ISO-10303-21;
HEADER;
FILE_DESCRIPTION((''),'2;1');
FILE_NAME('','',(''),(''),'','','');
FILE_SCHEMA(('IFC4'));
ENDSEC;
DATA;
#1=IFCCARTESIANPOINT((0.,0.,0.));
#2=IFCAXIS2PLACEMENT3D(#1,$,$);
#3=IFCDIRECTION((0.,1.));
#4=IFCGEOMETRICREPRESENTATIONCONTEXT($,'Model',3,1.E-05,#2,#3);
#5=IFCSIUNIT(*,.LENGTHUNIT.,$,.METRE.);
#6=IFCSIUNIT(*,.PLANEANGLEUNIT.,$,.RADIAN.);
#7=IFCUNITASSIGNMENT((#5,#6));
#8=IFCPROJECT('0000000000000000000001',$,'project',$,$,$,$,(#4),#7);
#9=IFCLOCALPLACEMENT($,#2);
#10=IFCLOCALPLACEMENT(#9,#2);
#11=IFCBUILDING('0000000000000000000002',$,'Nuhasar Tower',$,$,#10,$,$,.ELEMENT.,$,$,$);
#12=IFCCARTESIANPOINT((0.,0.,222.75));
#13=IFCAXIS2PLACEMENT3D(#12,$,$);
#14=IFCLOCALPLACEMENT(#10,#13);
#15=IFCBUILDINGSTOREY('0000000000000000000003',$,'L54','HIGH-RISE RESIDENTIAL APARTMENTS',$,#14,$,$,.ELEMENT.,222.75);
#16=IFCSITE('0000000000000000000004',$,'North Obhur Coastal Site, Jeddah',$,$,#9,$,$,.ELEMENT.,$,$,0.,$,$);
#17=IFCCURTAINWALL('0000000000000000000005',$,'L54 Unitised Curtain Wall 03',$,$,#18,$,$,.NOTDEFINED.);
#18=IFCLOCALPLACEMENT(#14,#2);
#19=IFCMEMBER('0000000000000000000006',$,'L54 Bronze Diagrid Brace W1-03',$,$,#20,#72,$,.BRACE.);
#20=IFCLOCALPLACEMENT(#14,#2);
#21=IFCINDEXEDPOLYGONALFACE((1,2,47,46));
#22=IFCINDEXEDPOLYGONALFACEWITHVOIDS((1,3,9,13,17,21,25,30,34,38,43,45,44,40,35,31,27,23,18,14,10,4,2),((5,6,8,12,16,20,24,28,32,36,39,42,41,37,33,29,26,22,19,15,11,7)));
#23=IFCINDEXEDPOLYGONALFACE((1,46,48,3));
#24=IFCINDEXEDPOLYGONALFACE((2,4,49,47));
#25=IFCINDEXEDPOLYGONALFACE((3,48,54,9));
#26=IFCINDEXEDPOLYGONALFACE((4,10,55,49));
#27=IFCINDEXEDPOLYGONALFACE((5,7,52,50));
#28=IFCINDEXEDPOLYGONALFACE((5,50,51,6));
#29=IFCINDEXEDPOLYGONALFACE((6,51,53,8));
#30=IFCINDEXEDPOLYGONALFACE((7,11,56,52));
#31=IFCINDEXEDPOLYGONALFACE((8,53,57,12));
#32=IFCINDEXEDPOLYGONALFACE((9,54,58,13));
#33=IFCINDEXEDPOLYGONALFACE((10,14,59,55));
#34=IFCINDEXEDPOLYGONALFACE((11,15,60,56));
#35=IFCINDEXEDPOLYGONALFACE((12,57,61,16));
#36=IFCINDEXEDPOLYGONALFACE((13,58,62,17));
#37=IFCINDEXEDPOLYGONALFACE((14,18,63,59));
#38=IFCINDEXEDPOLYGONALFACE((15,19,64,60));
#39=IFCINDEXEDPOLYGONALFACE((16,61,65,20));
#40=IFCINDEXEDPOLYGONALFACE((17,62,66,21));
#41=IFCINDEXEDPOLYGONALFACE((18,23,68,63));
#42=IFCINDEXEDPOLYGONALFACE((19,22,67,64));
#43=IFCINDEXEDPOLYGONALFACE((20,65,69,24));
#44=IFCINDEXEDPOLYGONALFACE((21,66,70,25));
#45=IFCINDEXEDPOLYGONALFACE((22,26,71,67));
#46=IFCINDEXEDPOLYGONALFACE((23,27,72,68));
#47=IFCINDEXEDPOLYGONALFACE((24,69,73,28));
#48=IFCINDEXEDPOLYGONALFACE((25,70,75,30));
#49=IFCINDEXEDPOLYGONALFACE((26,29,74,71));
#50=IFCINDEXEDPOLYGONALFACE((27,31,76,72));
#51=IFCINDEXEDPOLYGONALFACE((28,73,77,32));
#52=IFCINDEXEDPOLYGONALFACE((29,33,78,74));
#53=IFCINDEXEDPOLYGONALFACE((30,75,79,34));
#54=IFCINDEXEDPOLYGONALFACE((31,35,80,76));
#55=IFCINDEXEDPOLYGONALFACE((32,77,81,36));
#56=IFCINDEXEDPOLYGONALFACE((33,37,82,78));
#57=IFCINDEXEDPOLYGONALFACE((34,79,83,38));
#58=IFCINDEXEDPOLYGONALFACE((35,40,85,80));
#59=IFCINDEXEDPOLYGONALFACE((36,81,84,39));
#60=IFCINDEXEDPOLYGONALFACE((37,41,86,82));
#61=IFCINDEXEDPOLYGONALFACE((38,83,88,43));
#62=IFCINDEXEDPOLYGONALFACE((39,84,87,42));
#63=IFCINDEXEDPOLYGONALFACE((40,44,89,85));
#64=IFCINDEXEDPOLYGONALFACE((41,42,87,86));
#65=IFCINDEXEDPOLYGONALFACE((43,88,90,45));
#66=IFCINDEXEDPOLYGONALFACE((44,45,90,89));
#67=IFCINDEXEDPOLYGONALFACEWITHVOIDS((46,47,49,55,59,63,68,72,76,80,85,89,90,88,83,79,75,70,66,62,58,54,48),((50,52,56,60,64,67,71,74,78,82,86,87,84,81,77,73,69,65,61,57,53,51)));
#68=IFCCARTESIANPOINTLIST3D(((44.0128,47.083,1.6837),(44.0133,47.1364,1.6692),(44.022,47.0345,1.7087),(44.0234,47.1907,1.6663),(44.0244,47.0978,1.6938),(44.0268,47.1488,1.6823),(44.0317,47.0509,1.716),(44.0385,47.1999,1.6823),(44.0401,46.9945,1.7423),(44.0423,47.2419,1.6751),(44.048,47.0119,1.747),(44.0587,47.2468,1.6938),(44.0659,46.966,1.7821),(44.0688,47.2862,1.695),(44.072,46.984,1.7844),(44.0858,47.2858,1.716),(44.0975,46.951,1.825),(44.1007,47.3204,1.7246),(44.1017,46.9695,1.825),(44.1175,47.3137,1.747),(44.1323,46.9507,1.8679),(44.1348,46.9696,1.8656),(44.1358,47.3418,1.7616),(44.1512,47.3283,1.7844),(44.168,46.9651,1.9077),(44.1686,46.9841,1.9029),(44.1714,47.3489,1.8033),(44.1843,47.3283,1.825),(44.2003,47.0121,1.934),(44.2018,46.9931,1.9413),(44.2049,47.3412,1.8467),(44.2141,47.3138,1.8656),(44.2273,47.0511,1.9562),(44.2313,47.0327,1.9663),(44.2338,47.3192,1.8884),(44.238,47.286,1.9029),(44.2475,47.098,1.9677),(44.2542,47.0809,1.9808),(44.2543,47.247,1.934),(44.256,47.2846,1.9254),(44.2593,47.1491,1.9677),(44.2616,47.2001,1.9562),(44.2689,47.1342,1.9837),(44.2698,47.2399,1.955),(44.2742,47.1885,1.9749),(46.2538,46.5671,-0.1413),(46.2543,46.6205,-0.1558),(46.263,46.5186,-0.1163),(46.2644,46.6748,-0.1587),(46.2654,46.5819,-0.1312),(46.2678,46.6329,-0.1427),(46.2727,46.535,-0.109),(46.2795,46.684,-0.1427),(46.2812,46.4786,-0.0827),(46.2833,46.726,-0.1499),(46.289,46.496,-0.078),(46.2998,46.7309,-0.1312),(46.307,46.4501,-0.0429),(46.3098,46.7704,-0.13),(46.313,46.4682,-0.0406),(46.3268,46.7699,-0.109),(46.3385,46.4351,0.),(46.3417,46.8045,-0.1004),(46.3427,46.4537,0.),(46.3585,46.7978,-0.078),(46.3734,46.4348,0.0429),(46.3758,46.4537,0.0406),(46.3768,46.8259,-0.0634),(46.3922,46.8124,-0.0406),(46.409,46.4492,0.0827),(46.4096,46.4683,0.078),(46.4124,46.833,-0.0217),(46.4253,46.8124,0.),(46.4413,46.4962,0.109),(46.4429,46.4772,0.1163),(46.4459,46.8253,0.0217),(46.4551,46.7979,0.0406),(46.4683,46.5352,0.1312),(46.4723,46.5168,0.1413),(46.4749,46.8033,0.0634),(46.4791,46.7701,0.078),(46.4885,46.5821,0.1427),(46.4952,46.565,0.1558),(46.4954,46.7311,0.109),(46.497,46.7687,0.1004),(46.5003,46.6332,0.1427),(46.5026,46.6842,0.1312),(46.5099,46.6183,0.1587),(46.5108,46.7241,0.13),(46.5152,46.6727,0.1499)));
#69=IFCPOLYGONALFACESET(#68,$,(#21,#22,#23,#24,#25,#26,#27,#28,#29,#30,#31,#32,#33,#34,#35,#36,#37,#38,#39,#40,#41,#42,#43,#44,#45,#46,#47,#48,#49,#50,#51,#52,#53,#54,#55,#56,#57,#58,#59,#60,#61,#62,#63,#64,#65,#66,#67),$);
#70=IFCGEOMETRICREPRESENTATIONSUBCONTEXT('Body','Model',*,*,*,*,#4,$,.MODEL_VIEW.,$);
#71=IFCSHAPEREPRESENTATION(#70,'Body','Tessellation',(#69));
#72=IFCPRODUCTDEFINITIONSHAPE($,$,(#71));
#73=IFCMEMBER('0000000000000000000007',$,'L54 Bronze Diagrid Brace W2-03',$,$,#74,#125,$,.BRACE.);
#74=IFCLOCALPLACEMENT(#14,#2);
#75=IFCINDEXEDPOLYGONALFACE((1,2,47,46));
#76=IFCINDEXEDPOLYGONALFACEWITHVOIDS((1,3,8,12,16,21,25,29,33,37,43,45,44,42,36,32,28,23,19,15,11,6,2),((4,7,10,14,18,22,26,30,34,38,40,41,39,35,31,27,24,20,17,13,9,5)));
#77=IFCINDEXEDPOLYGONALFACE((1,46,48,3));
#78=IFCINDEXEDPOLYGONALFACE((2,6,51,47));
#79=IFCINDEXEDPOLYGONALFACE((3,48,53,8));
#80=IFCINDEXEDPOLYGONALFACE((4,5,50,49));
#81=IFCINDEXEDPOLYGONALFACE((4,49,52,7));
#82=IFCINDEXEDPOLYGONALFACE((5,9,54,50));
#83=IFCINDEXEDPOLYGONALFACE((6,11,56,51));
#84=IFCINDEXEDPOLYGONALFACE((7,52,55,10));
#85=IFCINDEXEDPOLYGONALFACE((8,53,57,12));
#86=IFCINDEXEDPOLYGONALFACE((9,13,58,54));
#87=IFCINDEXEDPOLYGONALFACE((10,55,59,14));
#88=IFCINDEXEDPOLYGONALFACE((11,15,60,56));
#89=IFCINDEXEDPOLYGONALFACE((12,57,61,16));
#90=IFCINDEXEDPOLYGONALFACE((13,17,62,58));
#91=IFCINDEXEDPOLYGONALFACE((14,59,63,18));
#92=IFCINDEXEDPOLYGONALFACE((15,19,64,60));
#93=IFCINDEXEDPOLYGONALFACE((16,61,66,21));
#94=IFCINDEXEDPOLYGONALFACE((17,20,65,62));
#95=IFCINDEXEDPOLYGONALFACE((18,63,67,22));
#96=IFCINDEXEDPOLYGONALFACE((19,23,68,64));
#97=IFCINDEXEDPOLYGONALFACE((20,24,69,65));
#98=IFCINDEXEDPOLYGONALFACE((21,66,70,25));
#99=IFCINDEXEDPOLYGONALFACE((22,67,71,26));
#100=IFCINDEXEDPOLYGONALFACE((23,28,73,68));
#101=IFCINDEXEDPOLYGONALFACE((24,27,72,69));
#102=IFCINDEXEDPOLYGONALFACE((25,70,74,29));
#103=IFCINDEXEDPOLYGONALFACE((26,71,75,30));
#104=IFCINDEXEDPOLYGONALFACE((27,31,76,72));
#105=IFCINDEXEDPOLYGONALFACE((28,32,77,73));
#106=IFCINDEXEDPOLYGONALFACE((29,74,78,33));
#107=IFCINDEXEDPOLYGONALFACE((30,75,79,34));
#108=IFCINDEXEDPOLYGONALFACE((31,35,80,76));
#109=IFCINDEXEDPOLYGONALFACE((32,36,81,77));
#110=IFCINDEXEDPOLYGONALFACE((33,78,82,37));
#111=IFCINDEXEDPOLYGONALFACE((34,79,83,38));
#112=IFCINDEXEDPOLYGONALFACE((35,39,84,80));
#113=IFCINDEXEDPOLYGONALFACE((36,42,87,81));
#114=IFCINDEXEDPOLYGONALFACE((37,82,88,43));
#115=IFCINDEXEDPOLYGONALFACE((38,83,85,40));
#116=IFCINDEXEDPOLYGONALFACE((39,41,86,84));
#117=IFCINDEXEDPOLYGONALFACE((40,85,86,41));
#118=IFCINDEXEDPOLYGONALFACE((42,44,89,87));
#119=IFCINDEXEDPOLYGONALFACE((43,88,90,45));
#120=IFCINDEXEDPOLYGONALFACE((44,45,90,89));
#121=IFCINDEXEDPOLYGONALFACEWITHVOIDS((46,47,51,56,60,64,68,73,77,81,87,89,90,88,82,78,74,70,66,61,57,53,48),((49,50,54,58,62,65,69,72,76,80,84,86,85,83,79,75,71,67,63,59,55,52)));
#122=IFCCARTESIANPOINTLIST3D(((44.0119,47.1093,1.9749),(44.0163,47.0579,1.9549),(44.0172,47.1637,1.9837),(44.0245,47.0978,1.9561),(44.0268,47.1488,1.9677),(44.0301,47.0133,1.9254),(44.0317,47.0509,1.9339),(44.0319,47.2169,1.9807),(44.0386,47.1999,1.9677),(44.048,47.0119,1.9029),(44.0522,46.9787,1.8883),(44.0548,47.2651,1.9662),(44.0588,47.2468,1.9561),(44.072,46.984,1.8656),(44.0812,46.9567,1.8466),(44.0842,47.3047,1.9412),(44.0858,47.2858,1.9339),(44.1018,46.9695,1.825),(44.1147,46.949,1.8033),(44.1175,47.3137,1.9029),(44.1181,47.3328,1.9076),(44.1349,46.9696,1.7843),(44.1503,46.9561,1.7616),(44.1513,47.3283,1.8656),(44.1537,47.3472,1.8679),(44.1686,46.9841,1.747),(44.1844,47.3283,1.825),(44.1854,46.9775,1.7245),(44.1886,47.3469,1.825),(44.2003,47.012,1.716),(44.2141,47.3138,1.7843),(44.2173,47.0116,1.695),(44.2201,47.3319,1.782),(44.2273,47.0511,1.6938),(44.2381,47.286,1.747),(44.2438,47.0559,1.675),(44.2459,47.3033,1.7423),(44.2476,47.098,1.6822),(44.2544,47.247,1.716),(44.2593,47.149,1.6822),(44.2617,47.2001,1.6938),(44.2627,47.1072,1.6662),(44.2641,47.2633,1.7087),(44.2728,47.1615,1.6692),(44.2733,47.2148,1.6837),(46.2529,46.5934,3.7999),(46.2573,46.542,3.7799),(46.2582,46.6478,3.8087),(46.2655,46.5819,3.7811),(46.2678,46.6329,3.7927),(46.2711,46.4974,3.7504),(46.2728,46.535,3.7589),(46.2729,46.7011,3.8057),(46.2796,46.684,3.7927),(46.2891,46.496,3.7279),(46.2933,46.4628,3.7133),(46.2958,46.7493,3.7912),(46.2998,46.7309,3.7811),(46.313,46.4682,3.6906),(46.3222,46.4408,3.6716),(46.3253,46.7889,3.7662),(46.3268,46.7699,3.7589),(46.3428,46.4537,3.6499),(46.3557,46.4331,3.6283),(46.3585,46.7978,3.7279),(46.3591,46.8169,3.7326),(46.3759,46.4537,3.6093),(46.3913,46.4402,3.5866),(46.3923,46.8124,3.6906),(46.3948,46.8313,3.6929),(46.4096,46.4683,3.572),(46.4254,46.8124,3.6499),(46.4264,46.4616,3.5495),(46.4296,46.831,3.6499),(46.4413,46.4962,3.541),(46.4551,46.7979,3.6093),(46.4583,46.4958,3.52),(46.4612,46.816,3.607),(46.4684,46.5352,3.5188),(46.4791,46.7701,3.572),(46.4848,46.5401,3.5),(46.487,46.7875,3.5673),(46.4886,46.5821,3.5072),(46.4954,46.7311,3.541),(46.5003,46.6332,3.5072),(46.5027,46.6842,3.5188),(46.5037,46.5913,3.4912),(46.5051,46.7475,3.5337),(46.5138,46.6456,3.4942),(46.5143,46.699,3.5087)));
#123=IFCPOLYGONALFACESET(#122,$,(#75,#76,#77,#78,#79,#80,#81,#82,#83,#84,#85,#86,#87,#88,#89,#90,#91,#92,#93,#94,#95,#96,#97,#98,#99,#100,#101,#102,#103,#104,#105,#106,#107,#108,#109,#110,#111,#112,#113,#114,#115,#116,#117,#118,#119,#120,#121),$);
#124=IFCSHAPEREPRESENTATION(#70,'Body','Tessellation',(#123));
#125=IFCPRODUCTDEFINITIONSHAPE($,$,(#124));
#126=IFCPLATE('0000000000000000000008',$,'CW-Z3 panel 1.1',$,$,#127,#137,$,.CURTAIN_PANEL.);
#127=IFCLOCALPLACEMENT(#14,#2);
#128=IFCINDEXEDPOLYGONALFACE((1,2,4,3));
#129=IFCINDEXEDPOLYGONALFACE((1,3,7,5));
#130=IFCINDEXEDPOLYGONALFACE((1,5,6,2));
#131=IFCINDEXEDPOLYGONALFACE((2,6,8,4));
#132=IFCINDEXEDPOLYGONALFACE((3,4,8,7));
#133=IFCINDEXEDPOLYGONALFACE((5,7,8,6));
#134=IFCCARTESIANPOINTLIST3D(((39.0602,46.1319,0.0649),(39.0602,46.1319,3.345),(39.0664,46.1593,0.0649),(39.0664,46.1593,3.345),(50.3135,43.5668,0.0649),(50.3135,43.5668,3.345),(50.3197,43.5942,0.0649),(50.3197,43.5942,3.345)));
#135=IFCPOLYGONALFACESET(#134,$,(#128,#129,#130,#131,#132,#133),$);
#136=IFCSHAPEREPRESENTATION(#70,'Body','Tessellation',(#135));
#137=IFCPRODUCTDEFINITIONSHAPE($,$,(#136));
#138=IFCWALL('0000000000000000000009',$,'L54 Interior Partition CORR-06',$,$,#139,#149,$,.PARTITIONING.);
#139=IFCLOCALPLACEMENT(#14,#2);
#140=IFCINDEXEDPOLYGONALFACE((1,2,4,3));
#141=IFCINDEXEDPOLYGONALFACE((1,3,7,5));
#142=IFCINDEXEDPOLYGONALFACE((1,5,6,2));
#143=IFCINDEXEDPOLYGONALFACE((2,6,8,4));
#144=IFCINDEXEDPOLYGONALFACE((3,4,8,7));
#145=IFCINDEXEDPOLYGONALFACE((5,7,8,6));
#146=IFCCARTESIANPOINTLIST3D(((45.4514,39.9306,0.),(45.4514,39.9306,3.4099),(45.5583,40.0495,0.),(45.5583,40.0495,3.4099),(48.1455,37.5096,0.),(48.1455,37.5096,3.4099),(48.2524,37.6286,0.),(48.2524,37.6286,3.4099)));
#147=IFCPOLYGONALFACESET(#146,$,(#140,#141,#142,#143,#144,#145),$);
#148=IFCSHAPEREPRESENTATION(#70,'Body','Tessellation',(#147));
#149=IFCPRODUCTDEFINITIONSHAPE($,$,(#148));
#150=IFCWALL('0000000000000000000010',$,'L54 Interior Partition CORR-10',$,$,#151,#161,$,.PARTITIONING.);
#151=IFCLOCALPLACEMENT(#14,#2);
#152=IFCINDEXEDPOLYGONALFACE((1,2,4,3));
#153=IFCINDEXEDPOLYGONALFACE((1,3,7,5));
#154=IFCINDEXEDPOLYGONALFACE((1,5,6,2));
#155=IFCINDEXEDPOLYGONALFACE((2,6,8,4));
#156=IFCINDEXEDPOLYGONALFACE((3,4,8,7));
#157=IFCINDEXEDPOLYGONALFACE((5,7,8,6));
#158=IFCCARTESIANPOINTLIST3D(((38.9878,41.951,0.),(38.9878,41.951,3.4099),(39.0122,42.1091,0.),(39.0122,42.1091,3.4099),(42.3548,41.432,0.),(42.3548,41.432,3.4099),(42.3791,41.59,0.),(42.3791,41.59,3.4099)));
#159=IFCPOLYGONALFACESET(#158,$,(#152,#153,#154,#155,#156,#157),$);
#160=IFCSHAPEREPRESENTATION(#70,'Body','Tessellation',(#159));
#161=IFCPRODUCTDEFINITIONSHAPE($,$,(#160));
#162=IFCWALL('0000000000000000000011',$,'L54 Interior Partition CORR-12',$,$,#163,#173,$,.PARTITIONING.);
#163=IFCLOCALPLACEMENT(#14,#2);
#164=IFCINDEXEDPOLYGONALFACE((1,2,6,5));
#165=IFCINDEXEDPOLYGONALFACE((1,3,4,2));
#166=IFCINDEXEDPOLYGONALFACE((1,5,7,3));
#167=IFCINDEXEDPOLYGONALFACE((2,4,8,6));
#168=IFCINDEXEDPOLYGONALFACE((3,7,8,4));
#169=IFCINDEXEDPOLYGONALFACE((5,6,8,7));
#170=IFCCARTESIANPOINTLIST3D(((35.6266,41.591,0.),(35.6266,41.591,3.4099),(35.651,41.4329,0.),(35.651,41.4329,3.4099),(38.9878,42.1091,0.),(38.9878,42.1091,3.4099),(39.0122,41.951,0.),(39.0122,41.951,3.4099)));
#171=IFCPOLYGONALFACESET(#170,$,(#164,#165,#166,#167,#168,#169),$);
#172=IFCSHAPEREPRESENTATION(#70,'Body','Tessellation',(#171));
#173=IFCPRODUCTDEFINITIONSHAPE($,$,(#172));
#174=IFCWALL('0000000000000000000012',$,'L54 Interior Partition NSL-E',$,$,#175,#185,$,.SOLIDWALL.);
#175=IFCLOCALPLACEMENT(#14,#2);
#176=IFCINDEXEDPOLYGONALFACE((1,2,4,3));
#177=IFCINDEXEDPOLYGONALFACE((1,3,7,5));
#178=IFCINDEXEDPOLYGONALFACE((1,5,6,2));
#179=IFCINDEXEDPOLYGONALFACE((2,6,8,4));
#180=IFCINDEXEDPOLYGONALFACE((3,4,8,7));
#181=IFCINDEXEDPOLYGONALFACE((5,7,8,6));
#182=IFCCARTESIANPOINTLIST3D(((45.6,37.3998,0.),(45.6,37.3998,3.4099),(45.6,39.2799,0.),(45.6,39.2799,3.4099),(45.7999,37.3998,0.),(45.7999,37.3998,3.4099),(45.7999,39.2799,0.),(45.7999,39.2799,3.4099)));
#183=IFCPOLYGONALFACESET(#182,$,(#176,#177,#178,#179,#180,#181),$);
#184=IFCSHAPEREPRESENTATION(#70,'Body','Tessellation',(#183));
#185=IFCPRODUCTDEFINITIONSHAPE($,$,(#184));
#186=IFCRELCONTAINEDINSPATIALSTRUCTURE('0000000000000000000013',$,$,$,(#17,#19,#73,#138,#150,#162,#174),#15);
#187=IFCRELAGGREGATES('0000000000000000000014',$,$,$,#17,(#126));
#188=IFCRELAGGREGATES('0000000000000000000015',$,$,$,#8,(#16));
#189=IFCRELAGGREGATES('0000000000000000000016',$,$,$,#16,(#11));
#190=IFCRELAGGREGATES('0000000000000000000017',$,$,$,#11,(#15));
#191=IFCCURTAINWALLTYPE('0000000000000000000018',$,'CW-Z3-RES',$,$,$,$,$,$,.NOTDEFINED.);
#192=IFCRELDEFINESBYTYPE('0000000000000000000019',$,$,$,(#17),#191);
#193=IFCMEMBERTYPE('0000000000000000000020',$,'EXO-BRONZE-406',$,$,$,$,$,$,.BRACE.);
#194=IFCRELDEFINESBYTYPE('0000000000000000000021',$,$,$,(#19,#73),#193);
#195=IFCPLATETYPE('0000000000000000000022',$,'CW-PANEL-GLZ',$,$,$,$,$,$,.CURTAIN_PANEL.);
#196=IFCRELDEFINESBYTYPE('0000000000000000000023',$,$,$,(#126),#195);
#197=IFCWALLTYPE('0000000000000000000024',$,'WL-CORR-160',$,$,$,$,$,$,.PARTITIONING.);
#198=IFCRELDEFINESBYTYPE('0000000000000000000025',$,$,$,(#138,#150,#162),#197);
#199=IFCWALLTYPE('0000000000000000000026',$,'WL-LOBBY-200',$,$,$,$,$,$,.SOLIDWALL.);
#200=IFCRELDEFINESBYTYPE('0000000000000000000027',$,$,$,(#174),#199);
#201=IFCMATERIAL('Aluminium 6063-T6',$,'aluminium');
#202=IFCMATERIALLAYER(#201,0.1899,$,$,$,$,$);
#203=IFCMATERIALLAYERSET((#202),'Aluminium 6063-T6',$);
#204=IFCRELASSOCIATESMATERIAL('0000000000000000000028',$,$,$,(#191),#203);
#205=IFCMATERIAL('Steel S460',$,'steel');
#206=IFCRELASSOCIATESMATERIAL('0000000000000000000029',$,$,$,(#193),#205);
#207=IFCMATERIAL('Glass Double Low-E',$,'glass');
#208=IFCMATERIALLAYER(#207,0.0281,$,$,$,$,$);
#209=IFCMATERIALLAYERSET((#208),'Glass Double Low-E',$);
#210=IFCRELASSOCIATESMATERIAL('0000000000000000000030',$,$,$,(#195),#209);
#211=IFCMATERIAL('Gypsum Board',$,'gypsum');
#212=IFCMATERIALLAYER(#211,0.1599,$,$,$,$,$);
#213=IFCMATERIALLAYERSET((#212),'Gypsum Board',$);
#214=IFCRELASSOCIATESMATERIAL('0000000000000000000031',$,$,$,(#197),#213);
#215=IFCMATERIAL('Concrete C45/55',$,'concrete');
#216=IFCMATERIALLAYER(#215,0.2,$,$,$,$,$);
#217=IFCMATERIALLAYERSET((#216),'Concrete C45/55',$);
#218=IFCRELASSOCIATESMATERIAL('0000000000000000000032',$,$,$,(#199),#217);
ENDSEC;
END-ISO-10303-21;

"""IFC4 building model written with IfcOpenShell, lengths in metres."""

from ifc_helpers import new_model, si_unit, direction, frame, frame_2d, origin, origin_2d, place, context, subcontext, project, spatial, rectangle, hollow_circle, extrude, material, layer, layer_set, material_profile, profile_set, type_object, element, aggregate, save


model = new_model("IFC4")

# Units and contexts
model_context = context("Model", 3, precision=1e-05, world=origin(), true_north=direction((0.0, 1.0)))
body_context = subcontext(model_context, "Body", "Model", "MODEL_VIEW")
ifc_project = project(units=[si_unit("LENGTHUNIT", "METRE"), si_unit("PLANEANGLEUNIT", "RADIAN")], contexts=[model_context])

# Site, building, storey
site_placement = place(None, origin())
site = spatial("IfcSite", under=ifc_project, at=site_placement, Name="North Obhur Coastal Site, Jeddah", CompositionType="ELEMENT", RefElevation=0.0)
building_placement = place(site_placement, origin())
building = spatial("IfcBuilding", under=site, at=building_placement, Name="Nuhasar Tower", CompositionType="ELEMENT")
storey_placement = place(building_placement, frame((0.0, 0.0, 222.75)))
storey = spatial("IfcBuildingStorey", under=building, at=storey_placement, Name="L54", Description="HIGH-RISE RESIDENTIAL APARTMENTS", CompositionType="ELEMENT", Elevation=222.75)

# Curtain wall
ifc_material_1 = material(Name="Aluminium 6063-T6", Category="aluminium")
ifc_layer_1 = layer(ifc_material_1, 0.1899)
ifc_layer_set_1 = layer_set([ifc_layer_1], Name="Aluminium 6063-T6")
curtain_wall_type = type_object("IfcCurtainWallType", Name="CW-Z3-RES", PredefinedType="NOTDEFINED", material=ifc_layer_set_1)
curtain_wall_1_placement = place(storey_placement, origin())
curtain_wall_1 = element("IfcCurtainWall", 1, at=curtain_wall_1_placement, inside=storey, type_object=curtain_wall_type, Name="L54 Unitised Curtain Wall 03", PredefinedType="NOTDEFINED")

# Members
ifc_material_2 = material(Name="Steel S460", Category="steel")
ifc_material_profile_1 = material_profile(ifc_material_2, hollow_circle(Radius=0.2031, WallThickness=0.019, at=origin_2d()), Name="HSS406.4X19.1")
ifc_profile_set_1 = profile_set([ifc_material_profile_1], Name="Steel S460")
member_type_1 = type_object("IfcMemberType", Name="EXO-BRONZE-406", PredefinedType="BRACE", material=ifc_profile_set_1)
for number, where, z_axis, x_axis, name in (
    (2, (46.384, 46.6331, 0.0), (-0.763343, 0.175721, 0.621635), (-0.224332, -0.974513, 0.0), "L54 Bronze Diagrid Brace W1-03"),
    (3, (44.1431, 47.1489, 1.825), (0.763343, -0.175721, 0.621635), (0.224332, 0.974513, 0.0), "L54 Bronze Diagrid Brace W2-03"),
):
    element("IfcMember", number, at=place(storey_placement, frame(where, z_axis=z_axis, x_axis=x_axis)), inside=storey, type_object=member_type_1, Name=name, PredefinedType="BRACE", context=body_context, shape_type="SweptSolid", body=[
        extrude(hollow_circle(Radius=0.2031, WallThickness=0.019, at=origin_2d()), origin(), (0.0, 0.0, 1.0), 2.9358),
    ])

# Plate
ifc_material_3 = material(Name="Glass Double Low-E", Category="glass")
ifc_layer_2 = layer(ifc_material_3, 0.0281)
ifc_layer_set_2 = layer_set([ifc_layer_2], Name="Glass Double Low-E")
plate_type = type_object("IfcPlateType", Name="CW-PANEL-GLZ", PredefinedType="CURTAIN_PANEL", material=ifc_layer_set_2)
plate_placement = place(storey_placement, frame((44.6899, 44.863, 0.0649), z_axis=(0.0, 0.0, 1.0), x_axis=(-0.974991, 0.222243, 0.0)))
plate = element("IfcPlate", 4, at=plate_placement, type_object=plate_type, Name="CW-Z3 panel 1.1", PredefinedType="CURTAIN_PANEL", context=body_context, shape_type="SweptSolid", body=[
    extrude(rectangle(XDim=11.542, YDim=0.0281, at=origin_2d()), origin(), (0.0, 0.0, 1.0), 3.28),
])
aggregate(curtain_wall_1, [plate])

# Shared definitions
ifc_material_4 = material(Name="Gypsum Board", Category="gypsum")
ifc_layer_3 = layer(ifc_material_4, 0.1599)
ifc_layer_set_3 = layer_set([ifc_layer_3], Name="Gypsum Board")
wall_type_1 = type_object("IfcWallType", Name="WL-CORR-160", PredefinedType="PARTITIONING", material=ifc_layer_set_3)

# Wall
wall_1_placement = place(storey_placement, frame((48.199, 37.5691, 0.0), z_axis=(0.0, 0.0, 1.0), x_axis=(-0.743813, 0.668387, 0.0)))
element("IfcWall", 5, at=wall_1_placement, inside=storey, type_object=wall_type_1, Name="L54 Interior Partition CORR-06", PredefinedType="PARTITIONING", context=body_context, shape_type="SweptSolid", body=[
    extrude(rectangle(XDim=3.6221, YDim=0.1599, at=frame_2d((1.811, 0.0))), origin(), (0.0, 0.0, 1.0), 3.4099),
])

# Walls
wall_2_placement = place(storey_placement, frame((42.3669, 41.511, 0.0), z_axis=(0.0, 0.0, 1.0), x_axis=(-0.988325, 0.152359, 0.0)))
element("IfcWall", 6, at=wall_2_placement, inside=storey, type_object=wall_type_1, Name="L54 Interior Partition CORR-10", PredefinedType="PARTITIONING", context=body_context, shape_type="SweptSolid", body=[
    extrude(rectangle(XDim=3.4067, YDim=0.1599, at=frame_2d((1.7034, 0.0))), origin(), (0.0, 0.0, 1.0), 3.4099),
])
wall_3_placement = place(storey_placement, frame((39.0, 42.03, 0.0), z_axis=(0.0, 0.0, 1.0), x_axis=(-0.988329, -0.152338, 0.0)))
element("IfcWall", 7, at=wall_3_placement, inside=storey, type_object=wall_type_1, Name="L54 Interior Partition CORR-12", PredefinedType="PARTITIONING", context=body_context, shape_type="SweptSolid", body=[
    extrude(rectangle(XDim=3.4009, YDim=0.1599, at=frame_2d((1.7004, 0.0))), origin(), (0.0, 0.0, 1.0), 3.4099),
])
ifc_material_5 = material(Name="Concrete C45/55", Category="concrete")
ifc_layer_4 = layer(ifc_material_5, 0.2)
ifc_layer_set_4 = layer_set([ifc_layer_4], Name="Concrete C45/55")
wall_type_2 = type_object("IfcWallType", Name="WL-LOBBY-200", PredefinedType="SOLIDWALL", material=ifc_layer_set_4)
wall_4_placement = place(storey_placement, frame((45.7, 37.3999, 0.0), z_axis=(0.0, 0.0, 1.0), x_axis=(0.0, 1.0, 0.0)))
element("IfcWall", 8, at=wall_4_placement, inside=storey, type_object=wall_type_2, Name="L54 Interior Partition NSL-E", PredefinedType="SOLIDWALL", context=body_context, shape_type="SweptSolid", body=[
    extrude(rectangle(XDim=1.8801, YDim=0.2, at=frame_2d((0.9399, 0.0))), origin(), (0.0, 0.0, 1.0), 3.4099),
])

save(model, "model.ifc")
